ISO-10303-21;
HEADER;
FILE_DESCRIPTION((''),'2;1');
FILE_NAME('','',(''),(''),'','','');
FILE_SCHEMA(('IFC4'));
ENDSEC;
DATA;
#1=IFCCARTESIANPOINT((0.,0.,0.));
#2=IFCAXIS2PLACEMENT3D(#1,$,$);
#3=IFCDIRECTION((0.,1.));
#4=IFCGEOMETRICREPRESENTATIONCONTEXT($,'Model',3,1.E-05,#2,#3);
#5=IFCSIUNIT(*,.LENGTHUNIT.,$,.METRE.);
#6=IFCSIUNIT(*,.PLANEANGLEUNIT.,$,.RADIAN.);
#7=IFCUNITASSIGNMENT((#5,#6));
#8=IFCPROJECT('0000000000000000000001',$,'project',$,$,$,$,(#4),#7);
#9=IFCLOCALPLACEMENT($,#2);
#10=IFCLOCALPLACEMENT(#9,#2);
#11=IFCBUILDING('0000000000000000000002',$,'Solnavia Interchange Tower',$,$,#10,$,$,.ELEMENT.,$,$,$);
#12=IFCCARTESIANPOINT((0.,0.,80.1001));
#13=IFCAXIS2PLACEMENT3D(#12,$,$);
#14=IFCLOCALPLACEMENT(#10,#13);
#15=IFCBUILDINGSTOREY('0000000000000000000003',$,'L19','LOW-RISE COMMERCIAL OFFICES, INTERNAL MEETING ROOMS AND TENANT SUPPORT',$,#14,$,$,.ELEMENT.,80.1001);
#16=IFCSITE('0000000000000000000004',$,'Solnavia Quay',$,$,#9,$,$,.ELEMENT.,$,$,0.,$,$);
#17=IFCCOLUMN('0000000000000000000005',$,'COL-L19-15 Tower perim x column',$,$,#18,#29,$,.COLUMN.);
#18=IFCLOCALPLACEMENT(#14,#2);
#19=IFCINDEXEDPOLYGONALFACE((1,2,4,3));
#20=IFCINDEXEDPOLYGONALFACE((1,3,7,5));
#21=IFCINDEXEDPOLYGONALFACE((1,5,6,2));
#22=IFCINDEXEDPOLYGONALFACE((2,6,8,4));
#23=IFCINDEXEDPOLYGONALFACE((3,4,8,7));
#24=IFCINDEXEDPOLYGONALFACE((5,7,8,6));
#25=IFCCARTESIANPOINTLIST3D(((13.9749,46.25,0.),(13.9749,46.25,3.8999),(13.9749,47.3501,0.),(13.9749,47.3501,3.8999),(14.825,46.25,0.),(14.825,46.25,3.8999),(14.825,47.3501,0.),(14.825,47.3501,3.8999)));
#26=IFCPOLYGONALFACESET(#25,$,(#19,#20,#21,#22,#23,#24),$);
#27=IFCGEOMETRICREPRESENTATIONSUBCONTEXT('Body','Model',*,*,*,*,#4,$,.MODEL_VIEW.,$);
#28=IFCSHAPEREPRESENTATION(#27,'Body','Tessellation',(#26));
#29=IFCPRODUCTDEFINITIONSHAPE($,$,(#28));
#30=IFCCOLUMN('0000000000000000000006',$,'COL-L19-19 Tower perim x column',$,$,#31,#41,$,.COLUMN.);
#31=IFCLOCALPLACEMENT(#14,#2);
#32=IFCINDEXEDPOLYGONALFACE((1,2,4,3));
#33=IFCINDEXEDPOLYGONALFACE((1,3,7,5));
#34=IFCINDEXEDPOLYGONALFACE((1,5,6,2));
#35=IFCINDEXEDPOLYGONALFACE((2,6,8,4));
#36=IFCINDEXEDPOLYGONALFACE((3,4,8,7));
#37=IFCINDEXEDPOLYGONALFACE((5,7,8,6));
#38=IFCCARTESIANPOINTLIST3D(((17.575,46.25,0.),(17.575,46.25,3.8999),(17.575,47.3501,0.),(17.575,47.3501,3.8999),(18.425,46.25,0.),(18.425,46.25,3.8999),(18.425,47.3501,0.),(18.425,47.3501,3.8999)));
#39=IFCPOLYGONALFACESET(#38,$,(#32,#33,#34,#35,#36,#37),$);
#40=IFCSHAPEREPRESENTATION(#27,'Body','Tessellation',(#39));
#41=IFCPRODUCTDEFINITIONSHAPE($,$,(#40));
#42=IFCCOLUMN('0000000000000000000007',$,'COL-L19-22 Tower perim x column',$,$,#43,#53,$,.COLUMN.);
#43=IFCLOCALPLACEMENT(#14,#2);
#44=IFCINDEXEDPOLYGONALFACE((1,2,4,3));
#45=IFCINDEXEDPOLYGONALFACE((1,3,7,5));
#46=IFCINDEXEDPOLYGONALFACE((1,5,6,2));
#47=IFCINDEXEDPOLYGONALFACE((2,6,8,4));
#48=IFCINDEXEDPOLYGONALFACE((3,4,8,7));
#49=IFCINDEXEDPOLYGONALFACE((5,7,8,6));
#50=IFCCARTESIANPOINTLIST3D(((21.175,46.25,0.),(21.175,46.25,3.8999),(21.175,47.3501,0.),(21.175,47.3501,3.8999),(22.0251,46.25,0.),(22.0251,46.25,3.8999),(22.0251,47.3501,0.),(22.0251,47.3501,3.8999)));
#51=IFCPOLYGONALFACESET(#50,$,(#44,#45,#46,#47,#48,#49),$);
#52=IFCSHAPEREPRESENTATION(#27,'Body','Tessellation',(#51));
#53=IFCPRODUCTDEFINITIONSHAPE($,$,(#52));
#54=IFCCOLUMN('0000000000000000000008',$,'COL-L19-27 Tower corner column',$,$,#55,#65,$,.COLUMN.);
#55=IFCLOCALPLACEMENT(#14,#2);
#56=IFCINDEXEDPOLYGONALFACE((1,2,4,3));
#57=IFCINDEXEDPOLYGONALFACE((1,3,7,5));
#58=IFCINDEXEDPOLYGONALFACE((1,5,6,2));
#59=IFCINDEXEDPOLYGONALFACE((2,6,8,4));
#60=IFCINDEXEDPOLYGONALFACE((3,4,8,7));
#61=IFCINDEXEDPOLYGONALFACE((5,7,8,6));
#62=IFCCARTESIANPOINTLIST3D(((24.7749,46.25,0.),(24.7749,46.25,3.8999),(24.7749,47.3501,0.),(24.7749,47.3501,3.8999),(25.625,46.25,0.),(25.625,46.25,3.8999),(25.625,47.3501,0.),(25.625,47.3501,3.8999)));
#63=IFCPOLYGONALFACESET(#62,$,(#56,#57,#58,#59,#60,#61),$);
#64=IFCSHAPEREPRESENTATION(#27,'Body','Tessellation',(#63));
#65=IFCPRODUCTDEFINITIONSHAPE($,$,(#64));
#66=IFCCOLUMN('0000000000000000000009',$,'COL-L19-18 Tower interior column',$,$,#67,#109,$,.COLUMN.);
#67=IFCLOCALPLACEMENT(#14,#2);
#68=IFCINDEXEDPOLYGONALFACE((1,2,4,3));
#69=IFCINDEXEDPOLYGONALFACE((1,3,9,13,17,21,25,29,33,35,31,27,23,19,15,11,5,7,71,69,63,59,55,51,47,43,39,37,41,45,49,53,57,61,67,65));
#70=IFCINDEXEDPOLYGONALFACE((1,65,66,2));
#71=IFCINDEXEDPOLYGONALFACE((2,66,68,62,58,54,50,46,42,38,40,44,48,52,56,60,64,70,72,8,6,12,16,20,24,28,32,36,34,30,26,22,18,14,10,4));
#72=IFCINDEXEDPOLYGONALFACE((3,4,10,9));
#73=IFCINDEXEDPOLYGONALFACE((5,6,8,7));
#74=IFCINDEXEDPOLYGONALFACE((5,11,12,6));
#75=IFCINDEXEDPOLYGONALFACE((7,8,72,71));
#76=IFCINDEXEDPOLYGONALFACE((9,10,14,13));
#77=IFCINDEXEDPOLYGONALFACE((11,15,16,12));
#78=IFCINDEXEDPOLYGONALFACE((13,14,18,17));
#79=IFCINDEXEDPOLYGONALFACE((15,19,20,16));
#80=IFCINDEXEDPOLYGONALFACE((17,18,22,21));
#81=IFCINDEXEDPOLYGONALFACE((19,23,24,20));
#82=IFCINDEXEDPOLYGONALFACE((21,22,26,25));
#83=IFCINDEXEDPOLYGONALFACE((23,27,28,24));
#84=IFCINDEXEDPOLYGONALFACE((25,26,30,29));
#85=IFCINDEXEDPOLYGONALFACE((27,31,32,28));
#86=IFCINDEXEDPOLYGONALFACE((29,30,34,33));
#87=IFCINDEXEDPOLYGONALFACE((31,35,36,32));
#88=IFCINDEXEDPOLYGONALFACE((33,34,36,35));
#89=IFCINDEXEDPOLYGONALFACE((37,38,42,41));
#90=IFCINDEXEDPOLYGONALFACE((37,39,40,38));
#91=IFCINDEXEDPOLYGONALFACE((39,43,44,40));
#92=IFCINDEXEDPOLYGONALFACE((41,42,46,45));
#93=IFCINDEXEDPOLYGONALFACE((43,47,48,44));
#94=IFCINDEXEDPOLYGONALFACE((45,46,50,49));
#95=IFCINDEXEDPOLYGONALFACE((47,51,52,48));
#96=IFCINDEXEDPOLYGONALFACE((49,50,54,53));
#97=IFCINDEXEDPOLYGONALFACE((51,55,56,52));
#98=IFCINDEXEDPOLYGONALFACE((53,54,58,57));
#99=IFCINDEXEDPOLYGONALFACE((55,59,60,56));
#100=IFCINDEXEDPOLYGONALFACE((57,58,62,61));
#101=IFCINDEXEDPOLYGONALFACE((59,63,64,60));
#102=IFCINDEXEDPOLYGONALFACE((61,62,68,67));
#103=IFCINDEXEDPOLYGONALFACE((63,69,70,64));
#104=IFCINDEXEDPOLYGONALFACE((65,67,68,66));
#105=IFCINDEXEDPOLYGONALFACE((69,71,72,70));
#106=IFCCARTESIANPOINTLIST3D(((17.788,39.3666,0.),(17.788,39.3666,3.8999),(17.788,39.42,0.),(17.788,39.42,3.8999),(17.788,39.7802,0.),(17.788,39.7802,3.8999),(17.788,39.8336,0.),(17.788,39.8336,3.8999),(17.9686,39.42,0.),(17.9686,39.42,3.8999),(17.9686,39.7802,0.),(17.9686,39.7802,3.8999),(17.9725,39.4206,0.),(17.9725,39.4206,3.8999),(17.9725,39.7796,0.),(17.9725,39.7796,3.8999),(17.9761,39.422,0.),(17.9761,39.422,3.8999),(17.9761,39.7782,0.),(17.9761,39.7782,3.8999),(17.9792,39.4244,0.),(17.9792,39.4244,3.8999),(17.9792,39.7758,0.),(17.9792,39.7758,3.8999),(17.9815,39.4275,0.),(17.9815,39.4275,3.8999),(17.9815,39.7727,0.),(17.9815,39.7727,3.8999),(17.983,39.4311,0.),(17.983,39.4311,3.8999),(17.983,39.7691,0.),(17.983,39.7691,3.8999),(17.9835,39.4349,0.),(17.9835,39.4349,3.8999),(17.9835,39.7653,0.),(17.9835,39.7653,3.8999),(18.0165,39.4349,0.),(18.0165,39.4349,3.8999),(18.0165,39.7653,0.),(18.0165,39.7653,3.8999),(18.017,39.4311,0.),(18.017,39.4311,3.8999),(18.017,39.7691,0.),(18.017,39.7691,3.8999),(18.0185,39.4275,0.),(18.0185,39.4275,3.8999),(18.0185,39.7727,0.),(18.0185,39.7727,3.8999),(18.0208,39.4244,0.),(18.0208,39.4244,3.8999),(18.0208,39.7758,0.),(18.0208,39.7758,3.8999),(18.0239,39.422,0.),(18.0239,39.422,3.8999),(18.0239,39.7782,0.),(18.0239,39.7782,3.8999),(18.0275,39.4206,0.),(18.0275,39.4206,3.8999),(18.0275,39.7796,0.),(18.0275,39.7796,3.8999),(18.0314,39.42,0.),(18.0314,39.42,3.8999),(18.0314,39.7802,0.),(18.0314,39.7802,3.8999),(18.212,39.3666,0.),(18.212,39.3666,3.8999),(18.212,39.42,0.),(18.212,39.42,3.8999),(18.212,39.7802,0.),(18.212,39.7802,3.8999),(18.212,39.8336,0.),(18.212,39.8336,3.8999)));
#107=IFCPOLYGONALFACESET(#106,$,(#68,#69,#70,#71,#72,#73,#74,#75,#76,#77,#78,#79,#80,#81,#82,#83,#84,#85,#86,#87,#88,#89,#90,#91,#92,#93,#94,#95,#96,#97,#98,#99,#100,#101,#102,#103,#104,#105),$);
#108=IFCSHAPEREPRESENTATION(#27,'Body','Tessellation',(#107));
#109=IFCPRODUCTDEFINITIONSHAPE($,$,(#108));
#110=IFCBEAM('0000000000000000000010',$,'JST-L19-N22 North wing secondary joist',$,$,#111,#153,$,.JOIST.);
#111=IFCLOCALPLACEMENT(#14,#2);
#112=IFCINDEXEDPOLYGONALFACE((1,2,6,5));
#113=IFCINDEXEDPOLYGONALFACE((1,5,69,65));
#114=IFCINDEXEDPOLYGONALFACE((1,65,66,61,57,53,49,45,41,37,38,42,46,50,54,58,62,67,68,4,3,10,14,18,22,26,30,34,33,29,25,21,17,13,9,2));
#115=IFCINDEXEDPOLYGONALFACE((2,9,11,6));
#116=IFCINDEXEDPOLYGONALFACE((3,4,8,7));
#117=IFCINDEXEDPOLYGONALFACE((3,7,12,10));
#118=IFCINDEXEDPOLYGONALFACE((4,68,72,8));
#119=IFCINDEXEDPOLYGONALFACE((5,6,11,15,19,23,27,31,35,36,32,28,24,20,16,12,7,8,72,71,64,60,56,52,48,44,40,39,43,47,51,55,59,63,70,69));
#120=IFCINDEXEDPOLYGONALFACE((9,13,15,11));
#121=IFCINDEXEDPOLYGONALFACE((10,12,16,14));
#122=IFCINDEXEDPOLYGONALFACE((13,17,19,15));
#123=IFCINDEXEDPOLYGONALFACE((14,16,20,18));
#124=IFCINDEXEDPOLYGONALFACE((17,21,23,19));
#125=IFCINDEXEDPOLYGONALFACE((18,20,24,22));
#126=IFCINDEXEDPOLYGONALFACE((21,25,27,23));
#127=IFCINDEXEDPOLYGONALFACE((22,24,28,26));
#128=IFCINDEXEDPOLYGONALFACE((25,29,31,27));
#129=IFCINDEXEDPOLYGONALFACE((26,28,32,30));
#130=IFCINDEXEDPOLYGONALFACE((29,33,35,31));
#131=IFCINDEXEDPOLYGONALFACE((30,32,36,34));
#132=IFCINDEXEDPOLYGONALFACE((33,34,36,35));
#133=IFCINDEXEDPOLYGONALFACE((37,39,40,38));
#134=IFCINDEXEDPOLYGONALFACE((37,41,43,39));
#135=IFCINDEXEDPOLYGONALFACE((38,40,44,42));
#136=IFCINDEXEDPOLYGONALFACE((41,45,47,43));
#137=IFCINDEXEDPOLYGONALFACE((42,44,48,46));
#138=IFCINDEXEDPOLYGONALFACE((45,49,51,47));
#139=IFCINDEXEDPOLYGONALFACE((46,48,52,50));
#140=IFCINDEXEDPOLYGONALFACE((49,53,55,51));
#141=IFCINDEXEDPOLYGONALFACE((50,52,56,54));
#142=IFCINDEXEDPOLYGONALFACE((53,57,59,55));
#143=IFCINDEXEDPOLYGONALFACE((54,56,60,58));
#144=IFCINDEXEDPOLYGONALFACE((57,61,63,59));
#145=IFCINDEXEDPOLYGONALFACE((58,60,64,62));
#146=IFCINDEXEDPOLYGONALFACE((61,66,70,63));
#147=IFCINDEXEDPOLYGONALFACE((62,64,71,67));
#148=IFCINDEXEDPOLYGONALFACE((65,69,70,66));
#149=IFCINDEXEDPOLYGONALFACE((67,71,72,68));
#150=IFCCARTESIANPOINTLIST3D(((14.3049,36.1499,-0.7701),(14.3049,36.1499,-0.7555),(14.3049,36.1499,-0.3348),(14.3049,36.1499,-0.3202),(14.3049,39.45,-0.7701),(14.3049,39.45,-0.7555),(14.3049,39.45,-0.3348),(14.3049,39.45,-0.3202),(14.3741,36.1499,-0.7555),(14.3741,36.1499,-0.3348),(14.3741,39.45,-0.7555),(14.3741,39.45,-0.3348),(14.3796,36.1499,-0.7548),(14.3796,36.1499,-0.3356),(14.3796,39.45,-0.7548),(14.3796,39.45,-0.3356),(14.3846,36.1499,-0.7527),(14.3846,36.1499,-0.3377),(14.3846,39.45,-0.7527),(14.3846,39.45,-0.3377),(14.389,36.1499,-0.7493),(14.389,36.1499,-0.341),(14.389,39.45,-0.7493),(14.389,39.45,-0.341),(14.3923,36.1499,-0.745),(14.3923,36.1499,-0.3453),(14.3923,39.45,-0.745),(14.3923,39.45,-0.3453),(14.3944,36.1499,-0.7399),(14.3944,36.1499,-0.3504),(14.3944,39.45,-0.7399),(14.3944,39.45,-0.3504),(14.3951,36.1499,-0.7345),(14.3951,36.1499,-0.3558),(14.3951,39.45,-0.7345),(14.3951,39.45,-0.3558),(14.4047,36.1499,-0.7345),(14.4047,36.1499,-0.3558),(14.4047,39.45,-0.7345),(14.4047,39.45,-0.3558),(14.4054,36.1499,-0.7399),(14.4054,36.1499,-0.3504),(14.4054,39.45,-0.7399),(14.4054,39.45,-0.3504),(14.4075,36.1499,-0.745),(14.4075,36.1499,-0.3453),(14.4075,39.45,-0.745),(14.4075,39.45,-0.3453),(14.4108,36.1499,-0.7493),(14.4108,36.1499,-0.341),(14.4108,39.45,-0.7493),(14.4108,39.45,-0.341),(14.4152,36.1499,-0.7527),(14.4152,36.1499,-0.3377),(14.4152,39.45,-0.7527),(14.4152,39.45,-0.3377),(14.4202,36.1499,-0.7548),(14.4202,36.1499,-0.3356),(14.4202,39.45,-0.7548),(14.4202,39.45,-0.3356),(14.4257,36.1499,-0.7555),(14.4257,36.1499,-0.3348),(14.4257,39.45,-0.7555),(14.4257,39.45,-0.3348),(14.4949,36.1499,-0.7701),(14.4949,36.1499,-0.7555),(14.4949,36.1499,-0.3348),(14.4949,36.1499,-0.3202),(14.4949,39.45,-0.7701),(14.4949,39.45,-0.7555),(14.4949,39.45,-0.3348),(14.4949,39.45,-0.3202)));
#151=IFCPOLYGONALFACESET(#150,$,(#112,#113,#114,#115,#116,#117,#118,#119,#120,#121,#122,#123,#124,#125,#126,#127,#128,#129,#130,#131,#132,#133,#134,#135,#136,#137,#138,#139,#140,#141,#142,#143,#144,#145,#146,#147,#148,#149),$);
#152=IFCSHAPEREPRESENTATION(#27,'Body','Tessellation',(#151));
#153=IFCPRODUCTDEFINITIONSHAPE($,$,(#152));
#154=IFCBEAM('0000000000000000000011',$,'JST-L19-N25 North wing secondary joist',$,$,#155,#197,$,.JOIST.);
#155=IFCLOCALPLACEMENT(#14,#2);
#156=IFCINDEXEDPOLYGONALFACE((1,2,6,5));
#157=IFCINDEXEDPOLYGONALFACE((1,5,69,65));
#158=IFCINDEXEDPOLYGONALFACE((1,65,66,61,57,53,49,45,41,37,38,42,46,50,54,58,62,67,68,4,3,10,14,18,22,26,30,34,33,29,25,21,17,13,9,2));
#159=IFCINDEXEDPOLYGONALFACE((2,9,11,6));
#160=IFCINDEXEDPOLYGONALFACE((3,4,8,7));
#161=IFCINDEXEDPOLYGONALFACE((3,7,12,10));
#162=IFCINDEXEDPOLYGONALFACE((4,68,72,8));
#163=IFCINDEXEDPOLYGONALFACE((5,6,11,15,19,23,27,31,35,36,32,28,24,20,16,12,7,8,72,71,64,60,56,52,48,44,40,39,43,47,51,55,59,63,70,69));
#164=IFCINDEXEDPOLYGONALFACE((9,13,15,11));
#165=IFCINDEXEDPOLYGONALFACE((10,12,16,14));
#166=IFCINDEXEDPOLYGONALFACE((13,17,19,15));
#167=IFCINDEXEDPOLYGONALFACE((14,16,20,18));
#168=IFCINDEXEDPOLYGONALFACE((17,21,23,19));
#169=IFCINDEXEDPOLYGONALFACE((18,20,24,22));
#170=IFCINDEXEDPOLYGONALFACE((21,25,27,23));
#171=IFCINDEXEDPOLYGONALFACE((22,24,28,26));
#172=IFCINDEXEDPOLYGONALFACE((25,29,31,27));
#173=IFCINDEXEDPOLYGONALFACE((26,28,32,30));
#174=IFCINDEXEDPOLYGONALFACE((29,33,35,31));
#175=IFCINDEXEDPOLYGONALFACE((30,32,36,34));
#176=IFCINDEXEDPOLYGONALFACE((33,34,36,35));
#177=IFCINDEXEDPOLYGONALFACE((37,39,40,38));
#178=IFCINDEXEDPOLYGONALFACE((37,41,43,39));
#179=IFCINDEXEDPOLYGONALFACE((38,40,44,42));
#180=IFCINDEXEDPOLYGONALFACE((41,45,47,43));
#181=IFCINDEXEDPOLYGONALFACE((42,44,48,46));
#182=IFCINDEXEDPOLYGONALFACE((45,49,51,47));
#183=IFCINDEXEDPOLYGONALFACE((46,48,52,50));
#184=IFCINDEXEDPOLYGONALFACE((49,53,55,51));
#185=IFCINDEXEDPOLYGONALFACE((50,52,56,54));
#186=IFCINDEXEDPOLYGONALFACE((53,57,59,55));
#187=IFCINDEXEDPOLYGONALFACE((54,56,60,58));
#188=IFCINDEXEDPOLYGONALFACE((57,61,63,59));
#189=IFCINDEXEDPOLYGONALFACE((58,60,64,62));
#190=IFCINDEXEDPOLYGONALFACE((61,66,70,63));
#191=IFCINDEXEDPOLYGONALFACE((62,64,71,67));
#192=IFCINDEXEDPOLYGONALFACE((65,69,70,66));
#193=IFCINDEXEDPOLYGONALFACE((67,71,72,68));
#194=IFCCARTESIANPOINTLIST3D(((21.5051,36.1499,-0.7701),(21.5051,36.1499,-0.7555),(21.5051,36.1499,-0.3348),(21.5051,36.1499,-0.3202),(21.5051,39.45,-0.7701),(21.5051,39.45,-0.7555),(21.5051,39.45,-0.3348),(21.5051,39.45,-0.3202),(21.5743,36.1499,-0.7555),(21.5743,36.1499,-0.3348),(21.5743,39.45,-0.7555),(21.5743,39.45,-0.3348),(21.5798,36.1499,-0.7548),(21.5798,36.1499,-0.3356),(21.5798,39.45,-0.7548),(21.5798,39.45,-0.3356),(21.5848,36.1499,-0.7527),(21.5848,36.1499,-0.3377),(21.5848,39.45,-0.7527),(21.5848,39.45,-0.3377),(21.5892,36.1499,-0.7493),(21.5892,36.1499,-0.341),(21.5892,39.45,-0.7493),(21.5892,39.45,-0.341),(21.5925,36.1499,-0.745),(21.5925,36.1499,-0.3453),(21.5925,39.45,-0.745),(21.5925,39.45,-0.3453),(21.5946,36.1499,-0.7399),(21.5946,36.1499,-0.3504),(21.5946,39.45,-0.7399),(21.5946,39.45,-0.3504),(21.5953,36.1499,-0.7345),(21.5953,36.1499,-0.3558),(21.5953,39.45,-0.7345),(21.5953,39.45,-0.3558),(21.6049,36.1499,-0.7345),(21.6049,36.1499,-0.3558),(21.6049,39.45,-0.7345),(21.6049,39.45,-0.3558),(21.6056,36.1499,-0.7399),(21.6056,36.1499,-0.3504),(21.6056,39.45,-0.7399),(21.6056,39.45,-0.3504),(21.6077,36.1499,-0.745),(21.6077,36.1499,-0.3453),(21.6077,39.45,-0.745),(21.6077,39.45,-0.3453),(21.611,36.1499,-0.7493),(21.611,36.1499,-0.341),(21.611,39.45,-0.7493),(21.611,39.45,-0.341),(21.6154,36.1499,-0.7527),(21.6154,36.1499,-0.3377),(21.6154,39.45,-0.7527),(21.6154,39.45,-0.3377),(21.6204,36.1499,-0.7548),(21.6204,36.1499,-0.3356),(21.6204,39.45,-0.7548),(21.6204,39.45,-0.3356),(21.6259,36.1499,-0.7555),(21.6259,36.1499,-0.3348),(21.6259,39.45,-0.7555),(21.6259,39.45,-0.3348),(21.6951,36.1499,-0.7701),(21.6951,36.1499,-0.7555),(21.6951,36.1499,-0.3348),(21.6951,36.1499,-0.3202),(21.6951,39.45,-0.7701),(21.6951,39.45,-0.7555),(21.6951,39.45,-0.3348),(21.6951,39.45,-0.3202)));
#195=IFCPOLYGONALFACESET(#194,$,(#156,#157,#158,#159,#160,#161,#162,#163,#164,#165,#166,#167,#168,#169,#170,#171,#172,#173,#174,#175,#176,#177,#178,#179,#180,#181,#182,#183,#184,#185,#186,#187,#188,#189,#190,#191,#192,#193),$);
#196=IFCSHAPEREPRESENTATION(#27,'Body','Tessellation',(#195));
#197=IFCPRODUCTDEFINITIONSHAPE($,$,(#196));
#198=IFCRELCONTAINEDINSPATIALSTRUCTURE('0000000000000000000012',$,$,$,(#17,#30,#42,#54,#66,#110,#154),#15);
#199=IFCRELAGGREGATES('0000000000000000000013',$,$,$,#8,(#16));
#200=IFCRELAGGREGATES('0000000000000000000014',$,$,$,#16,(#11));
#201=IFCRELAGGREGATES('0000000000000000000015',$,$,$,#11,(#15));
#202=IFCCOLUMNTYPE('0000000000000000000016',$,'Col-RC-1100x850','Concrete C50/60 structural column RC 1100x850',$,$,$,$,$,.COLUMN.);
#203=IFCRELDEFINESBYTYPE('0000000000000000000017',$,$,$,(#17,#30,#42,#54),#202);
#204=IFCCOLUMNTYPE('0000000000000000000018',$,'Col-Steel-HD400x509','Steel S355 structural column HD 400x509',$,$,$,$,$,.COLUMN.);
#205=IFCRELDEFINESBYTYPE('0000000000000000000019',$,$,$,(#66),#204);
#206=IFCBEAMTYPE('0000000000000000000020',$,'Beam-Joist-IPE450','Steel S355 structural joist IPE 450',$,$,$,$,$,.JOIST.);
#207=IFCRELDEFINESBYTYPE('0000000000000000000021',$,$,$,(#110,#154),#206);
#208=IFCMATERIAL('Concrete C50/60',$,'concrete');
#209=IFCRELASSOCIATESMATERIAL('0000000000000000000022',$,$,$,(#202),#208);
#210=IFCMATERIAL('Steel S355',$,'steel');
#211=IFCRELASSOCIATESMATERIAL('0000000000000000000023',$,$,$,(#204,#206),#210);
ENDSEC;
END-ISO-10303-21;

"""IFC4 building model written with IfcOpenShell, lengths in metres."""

from ifc_helpers import new_model, si_unit, direction, frame, origin, origin_2d, place, context, subcontext, project, spatial, rectangle, i_section, extrude, material, material_profile, profile_set, type_object, element, save


model = new_model("IFC4")

# Units and contexts
model_context = context("Model", 3, precision=1e-05, world=origin(), true_north=direction((0.0, 1.0)))
body_context = subcontext(model_context, "Body", "Model", "MODEL_VIEW")
ifc_project = project(units=[si_unit("LENGTHUNIT", "METRE"), si_unit("PLANEANGLEUNIT", "RADIAN")], contexts=[model_context])

# Site, building, storey
site_placement = place(None, origin())
site = spatial("IfcSite", under=ifc_project, at=site_placement, Name="Solnavia Quay", CompositionType="ELEMENT", RefElevation=0.0)
building_placement = place(site_placement, origin())
building = spatial("IfcBuilding", under=site, at=building_placement, Name="Solnavia Interchange Tower", CompositionType="ELEMENT")
storey_placement = place(building_placement, frame((0.0, 0.0, 80.1001)))
storey = spatial("IfcBuildingStorey", under=building, at=storey_placement, Name="L19", Description="LOW-RISE COMMERCIAL OFFICES, INTERNAL MEETING ROOMS AND TENANT SUPPORT", CompositionType="ELEMENT", Elevation=80.1001)

# Columns
ifc_material_1 = material(Name="Concrete C50/60", Category="concrete")
ifc_material_profile_1 = material_profile(ifc_material_1, rectangle(XDim=0.8501, YDim=1.1001, at=origin_2d()), Name="RC 1100x850")
ifc_profile_set_1 = profile_set([ifc_material_profile_1], Name="Concrete C50/60")
column_type_1 = type_object("IfcColumnType", Name="Col-RC-1100x850", Description="Concrete C50/60 structural column RC 1100x850", PredefinedType="COLUMN", material=ifc_profile_set_1)
for number, where, z_axis, x_axis, name in (
    (1, (14.3999, 46.8, 0.0), (0.0, 0.0, 1.0), (1.0, 0.0, 0.0), "COL-L19-15 Tower perim x column"),
    (2, (18.0, 46.8, 0.0), (0.0, 0.0, 1.0), (1.0, 0.0, 0.0), "COL-L19-19 Tower perim x column"),
    (3, (21.6001, 46.8, 0.0), (0.0, 0.0, 1.0), (1.0, 0.0, 0.0), "COL-L19-22 Tower perim x column"),
    (4, (25.2, 46.8, 0.0), (0.0, 0.0, 1.0), (1.0, 0.0, 0.0), "COL-L19-27 Tower corner column"),
):
    element("IfcColumn", number, at=place(storey_placement, frame(where, z_axis=z_axis, x_axis=x_axis)), inside=storey, type_object=column_type_1, Name=name, PredefinedType="COLUMN", context=body_context, shape_type="SweptSolid", body=[
        extrude(rectangle(XDim=0.8501, YDim=1.1001, at=origin_2d()), origin(), (0.0, 0.0, 1.0), 3.8999),
    ])
ifc_material_2 = material(Name="Steel S355", Category="steel")
ifc_material_profile_2 = material_profile(ifc_material_2, i_section(OverallWidth=0.4241, OverallDepth=0.467, WebThickness=0.033, FlangeThickness=0.0535, FilletRadius=0.0149, at=origin_2d()), Name="HD 400x509")
ifc_profile_set_2 = profile_set([ifc_material_profile_2], Name="Steel S355")
column_type_2 = type_object("IfcColumnType", Name="Col-Steel-HD400x509", Description="Steel S355 structural column HD 400x509", PredefinedType="COLUMN", material=ifc_profile_set_2)
column_placement = place(storey_placement, frame((18.0, 39.6001, 0.0), z_axis=(0.0, 0.0, 1.0), x_axis=(1.0, 0.0, 0.0)))
element("IfcColumn", 5, at=column_placement, inside=storey, type_object=column_type_2, Name="COL-L19-18 Tower interior column", PredefinedType="COLUMN", context=body_context, shape_type="SweptSolid", body=[
    extrude(i_section(OverallWidth=0.4241, OverallDepth=0.467, WebThickness=0.033, FlangeThickness=0.0535, FilletRadius=0.0149, at=origin_2d()), origin(), (0.0, 0.0, 1.0), 3.8999),
])

# Beams
ifc_material_profile_3 = material_profile(ifc_material_2, i_section(OverallWidth=0.1899, OverallDepth=0.45, WebThickness=0.0095, FlangeThickness=0.0146, FilletRadius=0.021, at=origin_2d()), Name="IPE 450")
ifc_profile_set_3 = profile_set([ifc_material_profile_3], Name="Steel S355")
beam_type_1 = type_object("IfcBeamType", Name="Beam-Joist-IPE450", Description="Steel S355 structural joist IPE 450", PredefinedType="JOIST", material=ifc_profile_set_3)
for number, where, z_axis, x_axis, name in (
    (6, (14.3999, 36.1499, -0.5452), (0.0, 1.0, 0.0), (-1.0, 0.0, 0.0), "JST-L19-N22 North wing secondary joist"),
    (7, (21.6001, 36.1499, -0.5452), (0.0, 1.0, 0.0), (-1.0, 0.0, 0.0), "JST-L19-N25 North wing secondary joist"),
):
    element("IfcBeam", number, at=place(storey_placement, frame(where, z_axis=z_axis, x_axis=x_axis)), inside=storey, type_object=beam_type_1, Name=name, PredefinedType="JOIST", context=body_context, shape_type="SweptSolid", body=[
        extrude(i_section(OverallWidth=0.1899, OverallDepth=0.45, WebThickness=0.0095, FlangeThickness=0.0146, FilletRadius=0.021, at=origin_2d()), origin(), (0.0, 0.0, 1.0), 3.3),
    ])

save(model, "model.ifc")
